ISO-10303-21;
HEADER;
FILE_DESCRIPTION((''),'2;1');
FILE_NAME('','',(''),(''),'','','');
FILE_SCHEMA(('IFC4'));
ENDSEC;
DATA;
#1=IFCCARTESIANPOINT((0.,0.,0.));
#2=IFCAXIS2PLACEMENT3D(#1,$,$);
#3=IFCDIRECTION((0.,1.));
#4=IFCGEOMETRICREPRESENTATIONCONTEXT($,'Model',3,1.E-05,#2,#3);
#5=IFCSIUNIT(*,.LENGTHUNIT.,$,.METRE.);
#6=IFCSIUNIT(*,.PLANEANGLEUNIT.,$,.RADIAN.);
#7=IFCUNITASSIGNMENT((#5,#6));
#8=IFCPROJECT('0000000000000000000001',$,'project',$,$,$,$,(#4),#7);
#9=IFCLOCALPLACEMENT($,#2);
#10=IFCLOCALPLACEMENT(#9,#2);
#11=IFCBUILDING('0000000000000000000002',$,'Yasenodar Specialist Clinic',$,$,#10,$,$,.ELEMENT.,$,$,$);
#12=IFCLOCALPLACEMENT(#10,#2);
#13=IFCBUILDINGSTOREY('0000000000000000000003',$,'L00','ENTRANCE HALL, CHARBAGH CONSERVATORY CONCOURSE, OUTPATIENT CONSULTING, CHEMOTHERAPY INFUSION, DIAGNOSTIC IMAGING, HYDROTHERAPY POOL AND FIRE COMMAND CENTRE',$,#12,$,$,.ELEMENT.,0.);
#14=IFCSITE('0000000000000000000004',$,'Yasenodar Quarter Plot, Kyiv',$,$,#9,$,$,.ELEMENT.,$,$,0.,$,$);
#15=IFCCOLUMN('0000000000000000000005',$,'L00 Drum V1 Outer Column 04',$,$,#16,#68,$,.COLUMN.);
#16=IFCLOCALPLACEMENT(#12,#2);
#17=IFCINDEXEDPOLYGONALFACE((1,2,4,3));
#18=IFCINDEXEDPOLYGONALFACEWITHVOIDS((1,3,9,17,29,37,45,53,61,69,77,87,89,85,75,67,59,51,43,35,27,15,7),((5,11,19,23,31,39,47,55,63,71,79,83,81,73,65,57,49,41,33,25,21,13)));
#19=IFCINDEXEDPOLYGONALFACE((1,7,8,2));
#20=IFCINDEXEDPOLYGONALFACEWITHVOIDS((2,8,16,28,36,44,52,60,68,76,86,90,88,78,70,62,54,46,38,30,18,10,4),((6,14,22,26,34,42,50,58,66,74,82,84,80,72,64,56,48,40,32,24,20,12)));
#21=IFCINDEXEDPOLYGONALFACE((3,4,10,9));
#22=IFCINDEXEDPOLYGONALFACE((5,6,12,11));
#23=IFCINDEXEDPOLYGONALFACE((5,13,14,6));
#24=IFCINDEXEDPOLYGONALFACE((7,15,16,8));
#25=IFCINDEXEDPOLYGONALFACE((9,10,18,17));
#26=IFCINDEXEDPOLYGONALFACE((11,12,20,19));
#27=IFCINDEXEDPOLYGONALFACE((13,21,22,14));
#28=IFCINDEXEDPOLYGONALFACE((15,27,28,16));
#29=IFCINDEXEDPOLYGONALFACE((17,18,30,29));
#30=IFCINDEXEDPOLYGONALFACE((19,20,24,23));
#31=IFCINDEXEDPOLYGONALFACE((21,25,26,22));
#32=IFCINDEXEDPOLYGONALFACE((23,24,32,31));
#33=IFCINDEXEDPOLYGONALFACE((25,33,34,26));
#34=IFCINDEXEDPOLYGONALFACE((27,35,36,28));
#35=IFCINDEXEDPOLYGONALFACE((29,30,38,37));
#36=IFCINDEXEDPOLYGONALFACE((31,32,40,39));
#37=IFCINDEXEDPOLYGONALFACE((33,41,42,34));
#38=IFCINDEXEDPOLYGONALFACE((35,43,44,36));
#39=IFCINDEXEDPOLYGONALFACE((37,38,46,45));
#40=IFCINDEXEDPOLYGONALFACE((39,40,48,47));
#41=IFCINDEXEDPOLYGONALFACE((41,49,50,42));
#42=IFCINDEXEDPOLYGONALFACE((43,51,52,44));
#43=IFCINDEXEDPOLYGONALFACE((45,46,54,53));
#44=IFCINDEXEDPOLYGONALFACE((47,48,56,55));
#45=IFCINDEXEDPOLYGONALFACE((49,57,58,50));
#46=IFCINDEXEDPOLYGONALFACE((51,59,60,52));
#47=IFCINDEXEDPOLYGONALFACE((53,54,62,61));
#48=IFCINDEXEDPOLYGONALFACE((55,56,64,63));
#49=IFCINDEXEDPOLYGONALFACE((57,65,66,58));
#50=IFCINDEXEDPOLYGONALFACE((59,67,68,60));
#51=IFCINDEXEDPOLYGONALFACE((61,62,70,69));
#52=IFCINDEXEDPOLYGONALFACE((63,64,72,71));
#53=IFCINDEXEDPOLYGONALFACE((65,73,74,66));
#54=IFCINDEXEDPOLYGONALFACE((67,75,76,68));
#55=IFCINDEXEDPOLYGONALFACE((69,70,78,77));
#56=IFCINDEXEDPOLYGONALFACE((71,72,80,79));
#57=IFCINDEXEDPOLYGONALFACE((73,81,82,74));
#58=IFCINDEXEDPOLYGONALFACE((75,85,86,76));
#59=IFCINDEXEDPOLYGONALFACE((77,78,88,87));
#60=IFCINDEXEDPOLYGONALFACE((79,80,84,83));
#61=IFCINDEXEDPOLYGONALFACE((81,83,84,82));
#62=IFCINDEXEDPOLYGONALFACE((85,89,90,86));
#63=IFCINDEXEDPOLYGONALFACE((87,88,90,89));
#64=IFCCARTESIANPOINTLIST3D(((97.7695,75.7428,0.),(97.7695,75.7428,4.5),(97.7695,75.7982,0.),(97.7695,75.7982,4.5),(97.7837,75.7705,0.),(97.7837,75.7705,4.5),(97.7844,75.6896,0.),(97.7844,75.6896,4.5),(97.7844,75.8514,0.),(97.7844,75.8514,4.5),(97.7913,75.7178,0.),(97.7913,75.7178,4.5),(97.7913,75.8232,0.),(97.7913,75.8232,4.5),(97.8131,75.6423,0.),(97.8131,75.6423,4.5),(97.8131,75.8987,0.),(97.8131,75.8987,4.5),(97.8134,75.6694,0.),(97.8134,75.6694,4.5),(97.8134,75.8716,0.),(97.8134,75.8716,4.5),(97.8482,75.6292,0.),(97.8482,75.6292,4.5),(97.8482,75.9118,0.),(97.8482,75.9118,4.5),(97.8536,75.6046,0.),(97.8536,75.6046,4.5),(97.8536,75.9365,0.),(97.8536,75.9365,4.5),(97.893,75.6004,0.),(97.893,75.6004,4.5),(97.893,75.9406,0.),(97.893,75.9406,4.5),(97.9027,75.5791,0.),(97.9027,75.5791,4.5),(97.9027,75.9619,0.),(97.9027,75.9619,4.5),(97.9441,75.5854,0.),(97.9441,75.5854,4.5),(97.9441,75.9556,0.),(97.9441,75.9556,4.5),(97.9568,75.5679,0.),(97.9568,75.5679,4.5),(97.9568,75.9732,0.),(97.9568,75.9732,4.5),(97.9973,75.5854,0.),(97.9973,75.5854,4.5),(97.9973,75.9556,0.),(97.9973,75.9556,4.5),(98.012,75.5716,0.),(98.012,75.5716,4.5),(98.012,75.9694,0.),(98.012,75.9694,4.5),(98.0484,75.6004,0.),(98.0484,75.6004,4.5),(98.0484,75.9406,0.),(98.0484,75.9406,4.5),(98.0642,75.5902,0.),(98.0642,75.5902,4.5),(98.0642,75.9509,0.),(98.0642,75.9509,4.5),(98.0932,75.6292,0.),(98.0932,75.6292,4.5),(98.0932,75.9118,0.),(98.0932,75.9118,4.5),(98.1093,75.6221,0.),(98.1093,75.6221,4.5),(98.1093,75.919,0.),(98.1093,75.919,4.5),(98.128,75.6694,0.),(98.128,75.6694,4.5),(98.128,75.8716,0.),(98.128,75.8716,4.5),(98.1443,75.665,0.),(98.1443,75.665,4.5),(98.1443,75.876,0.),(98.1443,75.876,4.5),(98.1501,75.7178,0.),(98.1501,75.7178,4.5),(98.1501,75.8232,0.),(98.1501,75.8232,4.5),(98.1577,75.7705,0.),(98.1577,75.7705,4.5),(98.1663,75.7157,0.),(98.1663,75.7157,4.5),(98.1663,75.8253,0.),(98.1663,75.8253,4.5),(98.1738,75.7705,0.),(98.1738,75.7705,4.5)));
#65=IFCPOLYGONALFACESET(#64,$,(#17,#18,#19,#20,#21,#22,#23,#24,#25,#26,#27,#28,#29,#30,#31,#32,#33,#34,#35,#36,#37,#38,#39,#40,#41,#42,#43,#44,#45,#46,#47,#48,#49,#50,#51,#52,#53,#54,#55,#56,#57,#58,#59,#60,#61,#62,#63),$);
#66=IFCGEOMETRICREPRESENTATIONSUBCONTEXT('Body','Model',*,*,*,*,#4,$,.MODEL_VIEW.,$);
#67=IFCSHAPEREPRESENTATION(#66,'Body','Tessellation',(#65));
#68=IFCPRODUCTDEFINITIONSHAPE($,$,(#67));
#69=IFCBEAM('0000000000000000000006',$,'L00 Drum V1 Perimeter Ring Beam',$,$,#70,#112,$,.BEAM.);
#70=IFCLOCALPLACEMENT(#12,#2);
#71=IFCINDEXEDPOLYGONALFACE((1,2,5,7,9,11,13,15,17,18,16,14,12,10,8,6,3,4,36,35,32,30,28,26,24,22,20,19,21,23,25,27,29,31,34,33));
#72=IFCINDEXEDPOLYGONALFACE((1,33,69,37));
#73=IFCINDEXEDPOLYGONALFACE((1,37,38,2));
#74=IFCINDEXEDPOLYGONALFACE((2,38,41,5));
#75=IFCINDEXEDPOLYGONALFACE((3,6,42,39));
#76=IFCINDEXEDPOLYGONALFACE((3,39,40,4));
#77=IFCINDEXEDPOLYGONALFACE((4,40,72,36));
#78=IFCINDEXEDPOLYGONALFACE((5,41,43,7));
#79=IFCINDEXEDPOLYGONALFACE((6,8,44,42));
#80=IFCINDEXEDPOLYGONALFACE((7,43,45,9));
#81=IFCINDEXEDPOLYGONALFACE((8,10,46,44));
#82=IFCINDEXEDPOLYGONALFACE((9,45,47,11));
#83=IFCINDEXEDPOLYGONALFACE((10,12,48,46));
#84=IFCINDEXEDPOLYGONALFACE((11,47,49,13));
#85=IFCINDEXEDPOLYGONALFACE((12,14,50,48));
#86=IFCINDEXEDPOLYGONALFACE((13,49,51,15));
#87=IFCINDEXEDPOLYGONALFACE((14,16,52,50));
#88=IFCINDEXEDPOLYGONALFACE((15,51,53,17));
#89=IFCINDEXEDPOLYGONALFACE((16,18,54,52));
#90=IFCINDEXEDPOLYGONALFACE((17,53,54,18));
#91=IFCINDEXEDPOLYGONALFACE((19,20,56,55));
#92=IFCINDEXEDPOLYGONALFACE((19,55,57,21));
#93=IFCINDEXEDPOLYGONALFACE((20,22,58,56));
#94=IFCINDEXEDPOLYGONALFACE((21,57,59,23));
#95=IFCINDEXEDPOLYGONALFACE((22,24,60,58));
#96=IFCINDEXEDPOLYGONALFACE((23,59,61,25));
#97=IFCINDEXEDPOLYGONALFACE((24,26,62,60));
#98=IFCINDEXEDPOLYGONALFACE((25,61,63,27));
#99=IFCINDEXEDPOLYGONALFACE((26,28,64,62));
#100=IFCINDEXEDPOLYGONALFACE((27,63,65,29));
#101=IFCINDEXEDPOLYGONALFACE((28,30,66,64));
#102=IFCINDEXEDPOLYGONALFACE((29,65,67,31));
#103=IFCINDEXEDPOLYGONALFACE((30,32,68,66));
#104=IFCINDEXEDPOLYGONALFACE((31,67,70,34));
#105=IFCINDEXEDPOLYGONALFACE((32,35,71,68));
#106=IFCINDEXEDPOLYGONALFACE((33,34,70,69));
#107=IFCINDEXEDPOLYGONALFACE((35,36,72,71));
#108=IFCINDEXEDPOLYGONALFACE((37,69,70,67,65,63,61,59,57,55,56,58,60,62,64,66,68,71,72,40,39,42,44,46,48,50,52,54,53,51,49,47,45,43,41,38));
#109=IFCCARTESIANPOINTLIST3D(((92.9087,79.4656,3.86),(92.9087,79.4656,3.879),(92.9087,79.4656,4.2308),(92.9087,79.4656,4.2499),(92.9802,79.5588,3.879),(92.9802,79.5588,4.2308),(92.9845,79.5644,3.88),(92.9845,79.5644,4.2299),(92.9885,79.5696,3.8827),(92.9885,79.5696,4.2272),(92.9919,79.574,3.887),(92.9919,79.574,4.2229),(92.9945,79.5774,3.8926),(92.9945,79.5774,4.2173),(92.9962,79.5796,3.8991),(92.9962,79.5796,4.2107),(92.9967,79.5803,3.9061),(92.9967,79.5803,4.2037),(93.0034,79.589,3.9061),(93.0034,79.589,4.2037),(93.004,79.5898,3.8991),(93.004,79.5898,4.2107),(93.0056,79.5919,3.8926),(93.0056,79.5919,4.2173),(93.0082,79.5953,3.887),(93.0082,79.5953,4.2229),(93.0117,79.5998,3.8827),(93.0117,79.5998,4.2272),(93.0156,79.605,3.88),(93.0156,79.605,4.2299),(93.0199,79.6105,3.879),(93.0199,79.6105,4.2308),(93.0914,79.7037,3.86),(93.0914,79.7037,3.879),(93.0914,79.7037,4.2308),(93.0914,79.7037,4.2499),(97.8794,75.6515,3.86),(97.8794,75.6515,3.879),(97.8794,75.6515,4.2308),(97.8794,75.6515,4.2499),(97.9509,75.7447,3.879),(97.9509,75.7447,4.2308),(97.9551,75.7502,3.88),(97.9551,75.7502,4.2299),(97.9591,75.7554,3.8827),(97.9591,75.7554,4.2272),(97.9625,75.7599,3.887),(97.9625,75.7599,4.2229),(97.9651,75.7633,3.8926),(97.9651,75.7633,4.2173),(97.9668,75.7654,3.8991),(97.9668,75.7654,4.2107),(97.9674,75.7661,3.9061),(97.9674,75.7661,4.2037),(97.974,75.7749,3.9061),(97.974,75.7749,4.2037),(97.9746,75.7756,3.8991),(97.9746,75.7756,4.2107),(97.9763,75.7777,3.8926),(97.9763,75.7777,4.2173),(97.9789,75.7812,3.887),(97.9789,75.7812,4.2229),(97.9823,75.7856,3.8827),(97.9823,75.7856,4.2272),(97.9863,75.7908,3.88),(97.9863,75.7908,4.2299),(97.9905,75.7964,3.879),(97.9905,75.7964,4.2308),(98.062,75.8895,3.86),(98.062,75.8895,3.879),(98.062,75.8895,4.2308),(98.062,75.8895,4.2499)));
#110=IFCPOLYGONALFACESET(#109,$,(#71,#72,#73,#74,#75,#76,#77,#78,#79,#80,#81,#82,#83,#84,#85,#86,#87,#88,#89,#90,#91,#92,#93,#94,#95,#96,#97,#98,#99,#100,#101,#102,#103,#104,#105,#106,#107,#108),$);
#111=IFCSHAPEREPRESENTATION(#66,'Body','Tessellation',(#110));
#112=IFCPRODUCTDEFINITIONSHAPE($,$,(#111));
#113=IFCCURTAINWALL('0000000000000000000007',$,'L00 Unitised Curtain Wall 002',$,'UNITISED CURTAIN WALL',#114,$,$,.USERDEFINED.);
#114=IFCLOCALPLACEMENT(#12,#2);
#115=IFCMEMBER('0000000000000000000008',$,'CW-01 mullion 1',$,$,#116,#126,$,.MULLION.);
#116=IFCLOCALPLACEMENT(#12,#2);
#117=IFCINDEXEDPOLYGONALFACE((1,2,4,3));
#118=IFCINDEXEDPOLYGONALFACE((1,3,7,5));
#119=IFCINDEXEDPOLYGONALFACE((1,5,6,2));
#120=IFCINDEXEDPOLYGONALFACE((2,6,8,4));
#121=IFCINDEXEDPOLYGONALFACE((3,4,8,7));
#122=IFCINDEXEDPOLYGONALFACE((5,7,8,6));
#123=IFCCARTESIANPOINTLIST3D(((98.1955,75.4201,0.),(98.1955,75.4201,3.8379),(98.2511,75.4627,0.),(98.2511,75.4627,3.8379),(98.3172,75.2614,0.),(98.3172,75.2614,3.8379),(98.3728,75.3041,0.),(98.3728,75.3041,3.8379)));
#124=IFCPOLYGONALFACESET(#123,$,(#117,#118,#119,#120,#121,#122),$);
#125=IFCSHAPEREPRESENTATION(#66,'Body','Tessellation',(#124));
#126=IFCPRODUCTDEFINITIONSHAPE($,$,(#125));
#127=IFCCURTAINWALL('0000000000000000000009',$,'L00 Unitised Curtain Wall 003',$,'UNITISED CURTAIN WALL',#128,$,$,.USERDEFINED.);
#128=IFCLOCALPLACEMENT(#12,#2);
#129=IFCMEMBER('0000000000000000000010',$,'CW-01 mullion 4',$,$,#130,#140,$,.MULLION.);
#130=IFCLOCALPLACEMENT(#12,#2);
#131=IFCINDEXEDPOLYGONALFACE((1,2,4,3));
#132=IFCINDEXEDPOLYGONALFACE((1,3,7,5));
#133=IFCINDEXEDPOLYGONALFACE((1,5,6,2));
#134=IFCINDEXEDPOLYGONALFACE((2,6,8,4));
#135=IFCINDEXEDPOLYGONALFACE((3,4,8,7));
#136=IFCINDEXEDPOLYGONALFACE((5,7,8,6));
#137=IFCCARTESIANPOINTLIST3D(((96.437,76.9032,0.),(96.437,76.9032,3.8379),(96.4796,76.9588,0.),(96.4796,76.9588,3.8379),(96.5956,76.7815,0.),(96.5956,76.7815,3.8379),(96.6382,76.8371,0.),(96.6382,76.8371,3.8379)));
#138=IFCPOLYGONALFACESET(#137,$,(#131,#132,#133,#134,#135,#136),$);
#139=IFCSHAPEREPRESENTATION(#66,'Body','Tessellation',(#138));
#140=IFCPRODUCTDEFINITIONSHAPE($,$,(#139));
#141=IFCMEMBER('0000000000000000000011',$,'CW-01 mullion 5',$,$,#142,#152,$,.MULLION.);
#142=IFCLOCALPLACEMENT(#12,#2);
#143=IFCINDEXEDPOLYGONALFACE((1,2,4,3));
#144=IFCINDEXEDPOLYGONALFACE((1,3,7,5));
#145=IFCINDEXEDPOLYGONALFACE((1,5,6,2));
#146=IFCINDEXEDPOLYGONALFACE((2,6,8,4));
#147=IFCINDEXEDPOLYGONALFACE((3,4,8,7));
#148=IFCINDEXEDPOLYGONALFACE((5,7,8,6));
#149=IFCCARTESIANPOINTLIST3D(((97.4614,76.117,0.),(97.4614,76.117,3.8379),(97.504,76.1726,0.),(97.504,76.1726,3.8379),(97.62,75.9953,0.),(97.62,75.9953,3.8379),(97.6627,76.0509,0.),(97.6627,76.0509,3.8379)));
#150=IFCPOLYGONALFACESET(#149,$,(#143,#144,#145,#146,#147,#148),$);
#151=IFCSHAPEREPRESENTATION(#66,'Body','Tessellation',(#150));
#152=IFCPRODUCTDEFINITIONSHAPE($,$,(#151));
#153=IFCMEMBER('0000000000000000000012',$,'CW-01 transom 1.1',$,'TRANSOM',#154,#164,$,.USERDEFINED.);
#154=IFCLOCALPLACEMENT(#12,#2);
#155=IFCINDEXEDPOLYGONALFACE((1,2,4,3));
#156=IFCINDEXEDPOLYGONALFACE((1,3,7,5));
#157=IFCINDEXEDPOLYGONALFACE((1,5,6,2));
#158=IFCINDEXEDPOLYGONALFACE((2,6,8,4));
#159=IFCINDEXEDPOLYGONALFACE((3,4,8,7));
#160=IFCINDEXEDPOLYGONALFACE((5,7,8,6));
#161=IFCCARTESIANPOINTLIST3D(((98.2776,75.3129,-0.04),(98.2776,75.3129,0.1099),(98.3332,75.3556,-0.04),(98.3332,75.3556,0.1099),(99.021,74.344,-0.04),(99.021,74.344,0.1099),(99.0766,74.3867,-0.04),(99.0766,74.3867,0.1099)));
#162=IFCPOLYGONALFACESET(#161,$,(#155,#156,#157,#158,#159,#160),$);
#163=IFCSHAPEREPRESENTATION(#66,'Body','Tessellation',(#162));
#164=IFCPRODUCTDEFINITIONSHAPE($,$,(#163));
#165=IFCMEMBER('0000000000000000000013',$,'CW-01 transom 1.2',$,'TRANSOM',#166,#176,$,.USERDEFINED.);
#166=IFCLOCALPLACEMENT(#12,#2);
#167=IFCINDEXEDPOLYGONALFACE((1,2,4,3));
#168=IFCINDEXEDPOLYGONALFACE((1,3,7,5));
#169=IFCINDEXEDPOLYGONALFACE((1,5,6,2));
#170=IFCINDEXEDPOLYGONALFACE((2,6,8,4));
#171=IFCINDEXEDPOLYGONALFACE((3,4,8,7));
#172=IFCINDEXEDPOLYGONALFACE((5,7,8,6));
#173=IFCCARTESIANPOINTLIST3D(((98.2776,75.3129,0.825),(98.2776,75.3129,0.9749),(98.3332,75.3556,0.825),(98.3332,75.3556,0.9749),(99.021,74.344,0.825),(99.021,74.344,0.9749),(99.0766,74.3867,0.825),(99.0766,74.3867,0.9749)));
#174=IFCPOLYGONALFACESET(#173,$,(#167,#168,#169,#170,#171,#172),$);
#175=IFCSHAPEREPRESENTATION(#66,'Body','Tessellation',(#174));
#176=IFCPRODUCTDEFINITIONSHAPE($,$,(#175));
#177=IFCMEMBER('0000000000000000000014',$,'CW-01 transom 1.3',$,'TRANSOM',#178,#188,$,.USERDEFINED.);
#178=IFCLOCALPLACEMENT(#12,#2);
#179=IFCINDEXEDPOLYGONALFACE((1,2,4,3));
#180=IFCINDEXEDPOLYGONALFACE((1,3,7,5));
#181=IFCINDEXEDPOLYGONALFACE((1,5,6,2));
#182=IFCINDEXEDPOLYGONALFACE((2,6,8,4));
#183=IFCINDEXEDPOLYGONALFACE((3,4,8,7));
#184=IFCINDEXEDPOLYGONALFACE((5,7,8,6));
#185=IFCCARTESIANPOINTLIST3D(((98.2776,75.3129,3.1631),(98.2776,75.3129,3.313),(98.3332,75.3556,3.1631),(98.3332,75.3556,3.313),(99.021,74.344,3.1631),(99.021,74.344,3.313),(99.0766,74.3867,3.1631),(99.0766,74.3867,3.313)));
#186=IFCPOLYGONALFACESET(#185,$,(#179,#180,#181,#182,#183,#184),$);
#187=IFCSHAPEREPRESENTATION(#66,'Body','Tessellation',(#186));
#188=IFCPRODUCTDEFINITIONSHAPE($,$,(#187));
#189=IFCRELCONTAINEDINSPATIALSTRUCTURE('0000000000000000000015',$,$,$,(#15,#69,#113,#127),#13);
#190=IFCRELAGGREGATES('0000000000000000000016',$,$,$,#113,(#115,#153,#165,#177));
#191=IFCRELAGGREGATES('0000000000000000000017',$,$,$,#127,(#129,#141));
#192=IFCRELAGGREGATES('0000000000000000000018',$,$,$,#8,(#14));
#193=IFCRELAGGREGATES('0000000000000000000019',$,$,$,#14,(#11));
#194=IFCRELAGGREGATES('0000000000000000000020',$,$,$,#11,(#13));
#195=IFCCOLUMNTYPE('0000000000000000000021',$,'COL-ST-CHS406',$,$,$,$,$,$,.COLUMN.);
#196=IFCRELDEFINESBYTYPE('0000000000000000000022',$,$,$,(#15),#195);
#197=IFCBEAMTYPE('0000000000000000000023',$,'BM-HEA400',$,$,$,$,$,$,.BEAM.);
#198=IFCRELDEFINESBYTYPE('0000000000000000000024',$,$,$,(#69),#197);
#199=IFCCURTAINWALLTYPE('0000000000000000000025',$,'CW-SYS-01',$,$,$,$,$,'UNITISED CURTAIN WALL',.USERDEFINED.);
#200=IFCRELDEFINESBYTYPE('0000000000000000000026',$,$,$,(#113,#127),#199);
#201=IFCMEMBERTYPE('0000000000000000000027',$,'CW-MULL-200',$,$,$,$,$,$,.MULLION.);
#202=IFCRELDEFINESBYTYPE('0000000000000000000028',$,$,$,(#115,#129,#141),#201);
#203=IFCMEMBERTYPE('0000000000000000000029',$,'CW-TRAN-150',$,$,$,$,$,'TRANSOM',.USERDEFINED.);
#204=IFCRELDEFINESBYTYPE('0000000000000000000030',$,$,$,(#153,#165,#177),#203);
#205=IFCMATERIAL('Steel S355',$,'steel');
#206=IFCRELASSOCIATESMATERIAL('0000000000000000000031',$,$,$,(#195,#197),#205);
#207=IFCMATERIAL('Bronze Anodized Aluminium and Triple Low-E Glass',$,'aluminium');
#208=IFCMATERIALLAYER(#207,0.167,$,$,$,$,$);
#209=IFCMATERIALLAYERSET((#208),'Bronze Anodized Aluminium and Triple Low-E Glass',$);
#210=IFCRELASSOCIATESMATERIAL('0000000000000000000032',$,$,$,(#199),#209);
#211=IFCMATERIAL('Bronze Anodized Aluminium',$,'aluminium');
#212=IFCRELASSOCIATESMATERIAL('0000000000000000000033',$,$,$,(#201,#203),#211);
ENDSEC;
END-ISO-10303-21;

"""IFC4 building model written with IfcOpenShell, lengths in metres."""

from ifc_helpers import new_model, si_unit, direction, frame, origin, origin_2d, place, context, subcontext, project, spatial, rectangle, hollow_circle, i_section, extrude, material, layer, layer_set, material_profile, profile_set, type_object, element, aggregate, save


model = new_model("IFC4")

# Units and contexts
model_context = context("Model", 3, precision=1e-05, world=origin(), true_north=direction((0.0, 1.0)))
body_context = subcontext(model_context, "Body", "Model", "MODEL_VIEW")
ifc_project = project(units=[si_unit("LENGTHUNIT", "METRE"), si_unit("PLANEANGLEUNIT", "RADIAN")], contexts=[model_context])

# Site, building, storey
site_placement = place(None, origin())
site = spatial("IfcSite", under=ifc_project, at=site_placement, Name="Yasenodar Quarter Plot, Kyiv", CompositionType="ELEMENT", RefElevation=0.0)
building_placement = place(site_placement, origin())
building = spatial("IfcBuilding", under=site, at=building_placement, Name="Yasenodar Specialist Clinic", CompositionType="ELEMENT")
storey_placement = place(building_placement, origin())
storey = spatial("IfcBuildingStorey", under=building, at=storey_placement, Name="L00", Description="ENTRANCE HALL, CHARBAGH CONSERVATORY CONCOURSE, OUTPATIENT CONSULTING, CHEMOTHERAPY INFUSION, DIAGNOSTIC IMAGING, HYDROTHERAPY POOL AND FIRE COMMAND CENTRE", CompositionType="ELEMENT", Elevation=0.0)

# Column
ifc_material_1 = material(Name="Steel S355", Category="steel")
ifc_material_profile_1 = material_profile(ifc_material_1, hollow_circle(Radius=0.2031, WallThickness=0.0161, at=origin_2d()), Name="CHS 406.4x16")
ifc_profile_set_1 = profile_set([ifc_material_profile_1], Name="Steel S355")
column_type = type_object("IfcColumnType", Name="COL-ST-CHS406", PredefinedType="COLUMN", material=ifc_profile_set_1)
column_placement = place(storey_placement, frame((97.9707, 75.7705, 0.0), z_axis=(0.0, 0.0, 1.0), x_axis=(1.0, 0.0, 0.0)))
element("IfcColumn", 1, at=column_placement, inside=storey, type_object=column_type, Name="L00 Drum V1 Outer Column 04", PredefinedType="COLUMN", context=body_context, shape_type="SweptSolid", body=[
    extrude(hollow_circle(Radius=0.2031, WallThickness=0.0161, at=origin_2d()), origin(), (0.0, 0.0, 1.0), 4.5),
])

# Beam
ifc_material_profile_2 = material_profile(ifc_material_1, i_section(OverallWidth=0.3, OverallDepth=0.3899, WebThickness=0.011, FlangeThickness=0.019, FilletRadius=0.0271, at=origin_2d()), Name="HEA 400")
ifc_profile_set_2 = profile_set([ifc_material_profile_2], Name="Steel S355")
beam_type = type_object("IfcBeamType", Name="BM-HEA400", PredefinedType="BEAM", material=ifc_profile_set_2)
beam_placement = place(storey_placement, frame((97.9707, 75.7705, 4.0549), z_axis=(-0.793349, 0.608767, 0.0), x_axis=(-0.608767, -0.793349, 0.0)))
element("IfcBeam", 2, at=beam_placement, inside=storey, type_object=beam_type, Name="L00 Drum V1 Perimeter Ring Beam", PredefinedType="BEAM", context=body_context, shape_type="SweptSolid", body=[
    extrude(i_section(OverallWidth=0.3, OverallDepth=0.3899, WebThickness=0.011, FlangeThickness=0.019, FilletRadius=0.0271, at=origin_2d()), origin(), (0.0, 0.0, 1.0), 6.2654),
])

# Curtain wall, member
ifc_material_2 = material(Name="Bronze Anodized Aluminium and Triple Low-E Glass", Category="aluminium")
ifc_layer_1 = layer(ifc_material_2, 0.167)
ifc_layer_set_1 = layer_set([ifc_layer_1], Name="Bronze Anodized Aluminium and Triple Low-E Glass")
curtain_wall_type = type_object("IfcCurtainWallType", Name="CW-SYS-01", ElementType="UNITISED CURTAIN WALL", PredefinedType="USERDEFINED", material=ifc_layer_set_1)
curtain_wall_1_placement = place(storey_placement, origin())
curtain_wall_1 = element("IfcCurtainWall", 3, at=curtain_wall_1_placement, inside=storey, type_object=curtain_wall_type, Name="L00 Unitised Curtain Wall 002", ObjectType="UNITISED CURTAIN WALL", PredefinedType="USERDEFINED")
ifc_material_3 = material(Name="Bronze Anodized Aluminium", Category="aluminium")
ifc_material_profile_3 = material_profile(ifc_material_3, rectangle(XDim=0.0701, YDim=0.2, at=origin_2d()), Name="CW-MULL 70x200")
ifc_profile_set_3 = profile_set([ifc_material_profile_3], Name="Bronze Anodized Aluminium")
member_type_1 = type_object("IfcMemberType", Name="CW-MULL-200", PredefinedType="MULLION", material=ifc_profile_set_3)
member_1_placement = place(storey_placement, frame((98.2842, 75.3621, 0.0), z_axis=(0.0, 0.0, 1.0), x_axis=(0.793361, 0.608752, 0.0)))
member_1 = element("IfcMember", 4, at=member_1_placement, type_object=member_type_1, Name="CW-01 mullion 1", PredefinedType="MULLION", context=body_context, shape_type="SweptSolid", body=[
    extrude(rectangle(XDim=0.0701, YDim=0.2, at=origin_2d()), origin(), (0.0, 0.0, 1.0), 3.8379),
])

# Curtain wall, members
curtain_wall_2_placement = place(storey_placement, origin())
curtain_wall_2 = element("IfcCurtainWall", 5, at=curtain_wall_2_placement, inside=storey, type_object=curtain_wall_type, Name="L00 Unitised Curtain Wall 003", ObjectType="UNITISED CURTAIN WALL", PredefinedType="USERDEFINED")
member_2_placement = place(storey_placement, frame((96.5376, 76.8701, 0.0), z_axis=(0.0, 0.0, 1.0), x_axis=(0.608752, 0.793361, 0.0)))
member_2 = element("IfcMember", 6, at=member_2_placement, type_object=member_type_1, Name="CW-01 mullion 4", PredefinedType="MULLION", context=body_context, shape_type="SweptSolid", body=[
    extrude(rectangle(XDim=0.0701, YDim=0.2, at=origin_2d()), origin(), (0.0, 0.0, 1.0), 3.8379),
])
member_3_placement = place(storey_placement, frame((97.562, 76.084, 0.0), z_axis=(0.0, 0.0, 1.0), x_axis=(0.608752, 0.793361, 0.0)))
member_3 = element("IfcMember", 7, at=member_3_placement, type_object=member_type_1, Name="CW-01 mullion 5", PredefinedType="MULLION", context=body_context, shape_type="SweptSolid", body=[
    extrude(rectangle(XDim=0.0701, YDim=0.2, at=origin_2d()), origin(), (0.0, 0.0, 1.0), 3.8379),
])

# Members
ifc_material_profile_4 = material_profile(ifc_material_3, rectangle(XDim=0.0701, YDim=0.1499, at=origin_2d()), Name="CW-TRAN 70x150")
ifc_profile_set_4 = profile_set([ifc_material_profile_4], Name="Bronze Anodized Aluminium")
member_type_2 = type_object("IfcMemberType", Name="CW-TRAN-150", ElementType="TRANSOM", PredefinedType="USERDEFINED", material=ifc_profile_set_4)
member_4_placement = place(storey_placement, frame((98.3054, 75.3342, 0.0349), z_axis=(0.608696, -0.793404, 0.0), x_axis=(0.793404, 0.608696, 0.0)))
member_4 = element("IfcMember", 8, at=member_4_placement, type_object=member_type_2, Name="CW-01 transom 1.1", ObjectType="TRANSOM", PredefinedType="USERDEFINED", context=body_context, shape_type="SweptSolid", body=[
    extrude(rectangle(XDim=0.0701, YDim=0.1499, at=origin_2d()), origin(), (0.0, 0.0, 1.0), 1.2212),
])
member_5_placement = place(storey_placement, frame((98.3054, 75.3342, 0.8999), z_axis=(0.608696, -0.793404, 0.0), x_axis=(0.793404, 0.608696, 0.0)))
member_5 = element("IfcMember", 9, at=member_5_placement, type_object=member_type_2, Name="CW-01 transom 1.2", ObjectType="TRANSOM", PredefinedType="USERDEFINED", context=body_context, shape_type="SweptSolid", body=[
    extrude(rectangle(XDim=0.0701, YDim=0.1499, at=origin_2d()), origin(), (0.0, 0.0, 1.0), 1.2212),
])
member_6_placement = place(storey_placement, frame((98.3054, 75.3342, 3.238), z_axis=(0.608696, -0.793404, 0.0), x_axis=(0.793404, 0.608696, 0.0)))
member_6 = element("IfcMember", 10, at=member_6_placement, type_object=member_type_2, Name="CW-01 transom 1.3", ObjectType="TRANSOM", PredefinedType="USERDEFINED", context=body_context, shape_type="SweptSolid", body=[
    extrude(rectangle(XDim=0.0701, YDim=0.1499, at=origin_2d()), origin(), (0.0, 0.0, 1.0), 1.2212),
])

aggregate(curtain_wall_1, [member_1, member_4, member_5, member_6])
aggregate(curtain_wall_2, [member_2, member_3])

save(model, "model.ifc")
